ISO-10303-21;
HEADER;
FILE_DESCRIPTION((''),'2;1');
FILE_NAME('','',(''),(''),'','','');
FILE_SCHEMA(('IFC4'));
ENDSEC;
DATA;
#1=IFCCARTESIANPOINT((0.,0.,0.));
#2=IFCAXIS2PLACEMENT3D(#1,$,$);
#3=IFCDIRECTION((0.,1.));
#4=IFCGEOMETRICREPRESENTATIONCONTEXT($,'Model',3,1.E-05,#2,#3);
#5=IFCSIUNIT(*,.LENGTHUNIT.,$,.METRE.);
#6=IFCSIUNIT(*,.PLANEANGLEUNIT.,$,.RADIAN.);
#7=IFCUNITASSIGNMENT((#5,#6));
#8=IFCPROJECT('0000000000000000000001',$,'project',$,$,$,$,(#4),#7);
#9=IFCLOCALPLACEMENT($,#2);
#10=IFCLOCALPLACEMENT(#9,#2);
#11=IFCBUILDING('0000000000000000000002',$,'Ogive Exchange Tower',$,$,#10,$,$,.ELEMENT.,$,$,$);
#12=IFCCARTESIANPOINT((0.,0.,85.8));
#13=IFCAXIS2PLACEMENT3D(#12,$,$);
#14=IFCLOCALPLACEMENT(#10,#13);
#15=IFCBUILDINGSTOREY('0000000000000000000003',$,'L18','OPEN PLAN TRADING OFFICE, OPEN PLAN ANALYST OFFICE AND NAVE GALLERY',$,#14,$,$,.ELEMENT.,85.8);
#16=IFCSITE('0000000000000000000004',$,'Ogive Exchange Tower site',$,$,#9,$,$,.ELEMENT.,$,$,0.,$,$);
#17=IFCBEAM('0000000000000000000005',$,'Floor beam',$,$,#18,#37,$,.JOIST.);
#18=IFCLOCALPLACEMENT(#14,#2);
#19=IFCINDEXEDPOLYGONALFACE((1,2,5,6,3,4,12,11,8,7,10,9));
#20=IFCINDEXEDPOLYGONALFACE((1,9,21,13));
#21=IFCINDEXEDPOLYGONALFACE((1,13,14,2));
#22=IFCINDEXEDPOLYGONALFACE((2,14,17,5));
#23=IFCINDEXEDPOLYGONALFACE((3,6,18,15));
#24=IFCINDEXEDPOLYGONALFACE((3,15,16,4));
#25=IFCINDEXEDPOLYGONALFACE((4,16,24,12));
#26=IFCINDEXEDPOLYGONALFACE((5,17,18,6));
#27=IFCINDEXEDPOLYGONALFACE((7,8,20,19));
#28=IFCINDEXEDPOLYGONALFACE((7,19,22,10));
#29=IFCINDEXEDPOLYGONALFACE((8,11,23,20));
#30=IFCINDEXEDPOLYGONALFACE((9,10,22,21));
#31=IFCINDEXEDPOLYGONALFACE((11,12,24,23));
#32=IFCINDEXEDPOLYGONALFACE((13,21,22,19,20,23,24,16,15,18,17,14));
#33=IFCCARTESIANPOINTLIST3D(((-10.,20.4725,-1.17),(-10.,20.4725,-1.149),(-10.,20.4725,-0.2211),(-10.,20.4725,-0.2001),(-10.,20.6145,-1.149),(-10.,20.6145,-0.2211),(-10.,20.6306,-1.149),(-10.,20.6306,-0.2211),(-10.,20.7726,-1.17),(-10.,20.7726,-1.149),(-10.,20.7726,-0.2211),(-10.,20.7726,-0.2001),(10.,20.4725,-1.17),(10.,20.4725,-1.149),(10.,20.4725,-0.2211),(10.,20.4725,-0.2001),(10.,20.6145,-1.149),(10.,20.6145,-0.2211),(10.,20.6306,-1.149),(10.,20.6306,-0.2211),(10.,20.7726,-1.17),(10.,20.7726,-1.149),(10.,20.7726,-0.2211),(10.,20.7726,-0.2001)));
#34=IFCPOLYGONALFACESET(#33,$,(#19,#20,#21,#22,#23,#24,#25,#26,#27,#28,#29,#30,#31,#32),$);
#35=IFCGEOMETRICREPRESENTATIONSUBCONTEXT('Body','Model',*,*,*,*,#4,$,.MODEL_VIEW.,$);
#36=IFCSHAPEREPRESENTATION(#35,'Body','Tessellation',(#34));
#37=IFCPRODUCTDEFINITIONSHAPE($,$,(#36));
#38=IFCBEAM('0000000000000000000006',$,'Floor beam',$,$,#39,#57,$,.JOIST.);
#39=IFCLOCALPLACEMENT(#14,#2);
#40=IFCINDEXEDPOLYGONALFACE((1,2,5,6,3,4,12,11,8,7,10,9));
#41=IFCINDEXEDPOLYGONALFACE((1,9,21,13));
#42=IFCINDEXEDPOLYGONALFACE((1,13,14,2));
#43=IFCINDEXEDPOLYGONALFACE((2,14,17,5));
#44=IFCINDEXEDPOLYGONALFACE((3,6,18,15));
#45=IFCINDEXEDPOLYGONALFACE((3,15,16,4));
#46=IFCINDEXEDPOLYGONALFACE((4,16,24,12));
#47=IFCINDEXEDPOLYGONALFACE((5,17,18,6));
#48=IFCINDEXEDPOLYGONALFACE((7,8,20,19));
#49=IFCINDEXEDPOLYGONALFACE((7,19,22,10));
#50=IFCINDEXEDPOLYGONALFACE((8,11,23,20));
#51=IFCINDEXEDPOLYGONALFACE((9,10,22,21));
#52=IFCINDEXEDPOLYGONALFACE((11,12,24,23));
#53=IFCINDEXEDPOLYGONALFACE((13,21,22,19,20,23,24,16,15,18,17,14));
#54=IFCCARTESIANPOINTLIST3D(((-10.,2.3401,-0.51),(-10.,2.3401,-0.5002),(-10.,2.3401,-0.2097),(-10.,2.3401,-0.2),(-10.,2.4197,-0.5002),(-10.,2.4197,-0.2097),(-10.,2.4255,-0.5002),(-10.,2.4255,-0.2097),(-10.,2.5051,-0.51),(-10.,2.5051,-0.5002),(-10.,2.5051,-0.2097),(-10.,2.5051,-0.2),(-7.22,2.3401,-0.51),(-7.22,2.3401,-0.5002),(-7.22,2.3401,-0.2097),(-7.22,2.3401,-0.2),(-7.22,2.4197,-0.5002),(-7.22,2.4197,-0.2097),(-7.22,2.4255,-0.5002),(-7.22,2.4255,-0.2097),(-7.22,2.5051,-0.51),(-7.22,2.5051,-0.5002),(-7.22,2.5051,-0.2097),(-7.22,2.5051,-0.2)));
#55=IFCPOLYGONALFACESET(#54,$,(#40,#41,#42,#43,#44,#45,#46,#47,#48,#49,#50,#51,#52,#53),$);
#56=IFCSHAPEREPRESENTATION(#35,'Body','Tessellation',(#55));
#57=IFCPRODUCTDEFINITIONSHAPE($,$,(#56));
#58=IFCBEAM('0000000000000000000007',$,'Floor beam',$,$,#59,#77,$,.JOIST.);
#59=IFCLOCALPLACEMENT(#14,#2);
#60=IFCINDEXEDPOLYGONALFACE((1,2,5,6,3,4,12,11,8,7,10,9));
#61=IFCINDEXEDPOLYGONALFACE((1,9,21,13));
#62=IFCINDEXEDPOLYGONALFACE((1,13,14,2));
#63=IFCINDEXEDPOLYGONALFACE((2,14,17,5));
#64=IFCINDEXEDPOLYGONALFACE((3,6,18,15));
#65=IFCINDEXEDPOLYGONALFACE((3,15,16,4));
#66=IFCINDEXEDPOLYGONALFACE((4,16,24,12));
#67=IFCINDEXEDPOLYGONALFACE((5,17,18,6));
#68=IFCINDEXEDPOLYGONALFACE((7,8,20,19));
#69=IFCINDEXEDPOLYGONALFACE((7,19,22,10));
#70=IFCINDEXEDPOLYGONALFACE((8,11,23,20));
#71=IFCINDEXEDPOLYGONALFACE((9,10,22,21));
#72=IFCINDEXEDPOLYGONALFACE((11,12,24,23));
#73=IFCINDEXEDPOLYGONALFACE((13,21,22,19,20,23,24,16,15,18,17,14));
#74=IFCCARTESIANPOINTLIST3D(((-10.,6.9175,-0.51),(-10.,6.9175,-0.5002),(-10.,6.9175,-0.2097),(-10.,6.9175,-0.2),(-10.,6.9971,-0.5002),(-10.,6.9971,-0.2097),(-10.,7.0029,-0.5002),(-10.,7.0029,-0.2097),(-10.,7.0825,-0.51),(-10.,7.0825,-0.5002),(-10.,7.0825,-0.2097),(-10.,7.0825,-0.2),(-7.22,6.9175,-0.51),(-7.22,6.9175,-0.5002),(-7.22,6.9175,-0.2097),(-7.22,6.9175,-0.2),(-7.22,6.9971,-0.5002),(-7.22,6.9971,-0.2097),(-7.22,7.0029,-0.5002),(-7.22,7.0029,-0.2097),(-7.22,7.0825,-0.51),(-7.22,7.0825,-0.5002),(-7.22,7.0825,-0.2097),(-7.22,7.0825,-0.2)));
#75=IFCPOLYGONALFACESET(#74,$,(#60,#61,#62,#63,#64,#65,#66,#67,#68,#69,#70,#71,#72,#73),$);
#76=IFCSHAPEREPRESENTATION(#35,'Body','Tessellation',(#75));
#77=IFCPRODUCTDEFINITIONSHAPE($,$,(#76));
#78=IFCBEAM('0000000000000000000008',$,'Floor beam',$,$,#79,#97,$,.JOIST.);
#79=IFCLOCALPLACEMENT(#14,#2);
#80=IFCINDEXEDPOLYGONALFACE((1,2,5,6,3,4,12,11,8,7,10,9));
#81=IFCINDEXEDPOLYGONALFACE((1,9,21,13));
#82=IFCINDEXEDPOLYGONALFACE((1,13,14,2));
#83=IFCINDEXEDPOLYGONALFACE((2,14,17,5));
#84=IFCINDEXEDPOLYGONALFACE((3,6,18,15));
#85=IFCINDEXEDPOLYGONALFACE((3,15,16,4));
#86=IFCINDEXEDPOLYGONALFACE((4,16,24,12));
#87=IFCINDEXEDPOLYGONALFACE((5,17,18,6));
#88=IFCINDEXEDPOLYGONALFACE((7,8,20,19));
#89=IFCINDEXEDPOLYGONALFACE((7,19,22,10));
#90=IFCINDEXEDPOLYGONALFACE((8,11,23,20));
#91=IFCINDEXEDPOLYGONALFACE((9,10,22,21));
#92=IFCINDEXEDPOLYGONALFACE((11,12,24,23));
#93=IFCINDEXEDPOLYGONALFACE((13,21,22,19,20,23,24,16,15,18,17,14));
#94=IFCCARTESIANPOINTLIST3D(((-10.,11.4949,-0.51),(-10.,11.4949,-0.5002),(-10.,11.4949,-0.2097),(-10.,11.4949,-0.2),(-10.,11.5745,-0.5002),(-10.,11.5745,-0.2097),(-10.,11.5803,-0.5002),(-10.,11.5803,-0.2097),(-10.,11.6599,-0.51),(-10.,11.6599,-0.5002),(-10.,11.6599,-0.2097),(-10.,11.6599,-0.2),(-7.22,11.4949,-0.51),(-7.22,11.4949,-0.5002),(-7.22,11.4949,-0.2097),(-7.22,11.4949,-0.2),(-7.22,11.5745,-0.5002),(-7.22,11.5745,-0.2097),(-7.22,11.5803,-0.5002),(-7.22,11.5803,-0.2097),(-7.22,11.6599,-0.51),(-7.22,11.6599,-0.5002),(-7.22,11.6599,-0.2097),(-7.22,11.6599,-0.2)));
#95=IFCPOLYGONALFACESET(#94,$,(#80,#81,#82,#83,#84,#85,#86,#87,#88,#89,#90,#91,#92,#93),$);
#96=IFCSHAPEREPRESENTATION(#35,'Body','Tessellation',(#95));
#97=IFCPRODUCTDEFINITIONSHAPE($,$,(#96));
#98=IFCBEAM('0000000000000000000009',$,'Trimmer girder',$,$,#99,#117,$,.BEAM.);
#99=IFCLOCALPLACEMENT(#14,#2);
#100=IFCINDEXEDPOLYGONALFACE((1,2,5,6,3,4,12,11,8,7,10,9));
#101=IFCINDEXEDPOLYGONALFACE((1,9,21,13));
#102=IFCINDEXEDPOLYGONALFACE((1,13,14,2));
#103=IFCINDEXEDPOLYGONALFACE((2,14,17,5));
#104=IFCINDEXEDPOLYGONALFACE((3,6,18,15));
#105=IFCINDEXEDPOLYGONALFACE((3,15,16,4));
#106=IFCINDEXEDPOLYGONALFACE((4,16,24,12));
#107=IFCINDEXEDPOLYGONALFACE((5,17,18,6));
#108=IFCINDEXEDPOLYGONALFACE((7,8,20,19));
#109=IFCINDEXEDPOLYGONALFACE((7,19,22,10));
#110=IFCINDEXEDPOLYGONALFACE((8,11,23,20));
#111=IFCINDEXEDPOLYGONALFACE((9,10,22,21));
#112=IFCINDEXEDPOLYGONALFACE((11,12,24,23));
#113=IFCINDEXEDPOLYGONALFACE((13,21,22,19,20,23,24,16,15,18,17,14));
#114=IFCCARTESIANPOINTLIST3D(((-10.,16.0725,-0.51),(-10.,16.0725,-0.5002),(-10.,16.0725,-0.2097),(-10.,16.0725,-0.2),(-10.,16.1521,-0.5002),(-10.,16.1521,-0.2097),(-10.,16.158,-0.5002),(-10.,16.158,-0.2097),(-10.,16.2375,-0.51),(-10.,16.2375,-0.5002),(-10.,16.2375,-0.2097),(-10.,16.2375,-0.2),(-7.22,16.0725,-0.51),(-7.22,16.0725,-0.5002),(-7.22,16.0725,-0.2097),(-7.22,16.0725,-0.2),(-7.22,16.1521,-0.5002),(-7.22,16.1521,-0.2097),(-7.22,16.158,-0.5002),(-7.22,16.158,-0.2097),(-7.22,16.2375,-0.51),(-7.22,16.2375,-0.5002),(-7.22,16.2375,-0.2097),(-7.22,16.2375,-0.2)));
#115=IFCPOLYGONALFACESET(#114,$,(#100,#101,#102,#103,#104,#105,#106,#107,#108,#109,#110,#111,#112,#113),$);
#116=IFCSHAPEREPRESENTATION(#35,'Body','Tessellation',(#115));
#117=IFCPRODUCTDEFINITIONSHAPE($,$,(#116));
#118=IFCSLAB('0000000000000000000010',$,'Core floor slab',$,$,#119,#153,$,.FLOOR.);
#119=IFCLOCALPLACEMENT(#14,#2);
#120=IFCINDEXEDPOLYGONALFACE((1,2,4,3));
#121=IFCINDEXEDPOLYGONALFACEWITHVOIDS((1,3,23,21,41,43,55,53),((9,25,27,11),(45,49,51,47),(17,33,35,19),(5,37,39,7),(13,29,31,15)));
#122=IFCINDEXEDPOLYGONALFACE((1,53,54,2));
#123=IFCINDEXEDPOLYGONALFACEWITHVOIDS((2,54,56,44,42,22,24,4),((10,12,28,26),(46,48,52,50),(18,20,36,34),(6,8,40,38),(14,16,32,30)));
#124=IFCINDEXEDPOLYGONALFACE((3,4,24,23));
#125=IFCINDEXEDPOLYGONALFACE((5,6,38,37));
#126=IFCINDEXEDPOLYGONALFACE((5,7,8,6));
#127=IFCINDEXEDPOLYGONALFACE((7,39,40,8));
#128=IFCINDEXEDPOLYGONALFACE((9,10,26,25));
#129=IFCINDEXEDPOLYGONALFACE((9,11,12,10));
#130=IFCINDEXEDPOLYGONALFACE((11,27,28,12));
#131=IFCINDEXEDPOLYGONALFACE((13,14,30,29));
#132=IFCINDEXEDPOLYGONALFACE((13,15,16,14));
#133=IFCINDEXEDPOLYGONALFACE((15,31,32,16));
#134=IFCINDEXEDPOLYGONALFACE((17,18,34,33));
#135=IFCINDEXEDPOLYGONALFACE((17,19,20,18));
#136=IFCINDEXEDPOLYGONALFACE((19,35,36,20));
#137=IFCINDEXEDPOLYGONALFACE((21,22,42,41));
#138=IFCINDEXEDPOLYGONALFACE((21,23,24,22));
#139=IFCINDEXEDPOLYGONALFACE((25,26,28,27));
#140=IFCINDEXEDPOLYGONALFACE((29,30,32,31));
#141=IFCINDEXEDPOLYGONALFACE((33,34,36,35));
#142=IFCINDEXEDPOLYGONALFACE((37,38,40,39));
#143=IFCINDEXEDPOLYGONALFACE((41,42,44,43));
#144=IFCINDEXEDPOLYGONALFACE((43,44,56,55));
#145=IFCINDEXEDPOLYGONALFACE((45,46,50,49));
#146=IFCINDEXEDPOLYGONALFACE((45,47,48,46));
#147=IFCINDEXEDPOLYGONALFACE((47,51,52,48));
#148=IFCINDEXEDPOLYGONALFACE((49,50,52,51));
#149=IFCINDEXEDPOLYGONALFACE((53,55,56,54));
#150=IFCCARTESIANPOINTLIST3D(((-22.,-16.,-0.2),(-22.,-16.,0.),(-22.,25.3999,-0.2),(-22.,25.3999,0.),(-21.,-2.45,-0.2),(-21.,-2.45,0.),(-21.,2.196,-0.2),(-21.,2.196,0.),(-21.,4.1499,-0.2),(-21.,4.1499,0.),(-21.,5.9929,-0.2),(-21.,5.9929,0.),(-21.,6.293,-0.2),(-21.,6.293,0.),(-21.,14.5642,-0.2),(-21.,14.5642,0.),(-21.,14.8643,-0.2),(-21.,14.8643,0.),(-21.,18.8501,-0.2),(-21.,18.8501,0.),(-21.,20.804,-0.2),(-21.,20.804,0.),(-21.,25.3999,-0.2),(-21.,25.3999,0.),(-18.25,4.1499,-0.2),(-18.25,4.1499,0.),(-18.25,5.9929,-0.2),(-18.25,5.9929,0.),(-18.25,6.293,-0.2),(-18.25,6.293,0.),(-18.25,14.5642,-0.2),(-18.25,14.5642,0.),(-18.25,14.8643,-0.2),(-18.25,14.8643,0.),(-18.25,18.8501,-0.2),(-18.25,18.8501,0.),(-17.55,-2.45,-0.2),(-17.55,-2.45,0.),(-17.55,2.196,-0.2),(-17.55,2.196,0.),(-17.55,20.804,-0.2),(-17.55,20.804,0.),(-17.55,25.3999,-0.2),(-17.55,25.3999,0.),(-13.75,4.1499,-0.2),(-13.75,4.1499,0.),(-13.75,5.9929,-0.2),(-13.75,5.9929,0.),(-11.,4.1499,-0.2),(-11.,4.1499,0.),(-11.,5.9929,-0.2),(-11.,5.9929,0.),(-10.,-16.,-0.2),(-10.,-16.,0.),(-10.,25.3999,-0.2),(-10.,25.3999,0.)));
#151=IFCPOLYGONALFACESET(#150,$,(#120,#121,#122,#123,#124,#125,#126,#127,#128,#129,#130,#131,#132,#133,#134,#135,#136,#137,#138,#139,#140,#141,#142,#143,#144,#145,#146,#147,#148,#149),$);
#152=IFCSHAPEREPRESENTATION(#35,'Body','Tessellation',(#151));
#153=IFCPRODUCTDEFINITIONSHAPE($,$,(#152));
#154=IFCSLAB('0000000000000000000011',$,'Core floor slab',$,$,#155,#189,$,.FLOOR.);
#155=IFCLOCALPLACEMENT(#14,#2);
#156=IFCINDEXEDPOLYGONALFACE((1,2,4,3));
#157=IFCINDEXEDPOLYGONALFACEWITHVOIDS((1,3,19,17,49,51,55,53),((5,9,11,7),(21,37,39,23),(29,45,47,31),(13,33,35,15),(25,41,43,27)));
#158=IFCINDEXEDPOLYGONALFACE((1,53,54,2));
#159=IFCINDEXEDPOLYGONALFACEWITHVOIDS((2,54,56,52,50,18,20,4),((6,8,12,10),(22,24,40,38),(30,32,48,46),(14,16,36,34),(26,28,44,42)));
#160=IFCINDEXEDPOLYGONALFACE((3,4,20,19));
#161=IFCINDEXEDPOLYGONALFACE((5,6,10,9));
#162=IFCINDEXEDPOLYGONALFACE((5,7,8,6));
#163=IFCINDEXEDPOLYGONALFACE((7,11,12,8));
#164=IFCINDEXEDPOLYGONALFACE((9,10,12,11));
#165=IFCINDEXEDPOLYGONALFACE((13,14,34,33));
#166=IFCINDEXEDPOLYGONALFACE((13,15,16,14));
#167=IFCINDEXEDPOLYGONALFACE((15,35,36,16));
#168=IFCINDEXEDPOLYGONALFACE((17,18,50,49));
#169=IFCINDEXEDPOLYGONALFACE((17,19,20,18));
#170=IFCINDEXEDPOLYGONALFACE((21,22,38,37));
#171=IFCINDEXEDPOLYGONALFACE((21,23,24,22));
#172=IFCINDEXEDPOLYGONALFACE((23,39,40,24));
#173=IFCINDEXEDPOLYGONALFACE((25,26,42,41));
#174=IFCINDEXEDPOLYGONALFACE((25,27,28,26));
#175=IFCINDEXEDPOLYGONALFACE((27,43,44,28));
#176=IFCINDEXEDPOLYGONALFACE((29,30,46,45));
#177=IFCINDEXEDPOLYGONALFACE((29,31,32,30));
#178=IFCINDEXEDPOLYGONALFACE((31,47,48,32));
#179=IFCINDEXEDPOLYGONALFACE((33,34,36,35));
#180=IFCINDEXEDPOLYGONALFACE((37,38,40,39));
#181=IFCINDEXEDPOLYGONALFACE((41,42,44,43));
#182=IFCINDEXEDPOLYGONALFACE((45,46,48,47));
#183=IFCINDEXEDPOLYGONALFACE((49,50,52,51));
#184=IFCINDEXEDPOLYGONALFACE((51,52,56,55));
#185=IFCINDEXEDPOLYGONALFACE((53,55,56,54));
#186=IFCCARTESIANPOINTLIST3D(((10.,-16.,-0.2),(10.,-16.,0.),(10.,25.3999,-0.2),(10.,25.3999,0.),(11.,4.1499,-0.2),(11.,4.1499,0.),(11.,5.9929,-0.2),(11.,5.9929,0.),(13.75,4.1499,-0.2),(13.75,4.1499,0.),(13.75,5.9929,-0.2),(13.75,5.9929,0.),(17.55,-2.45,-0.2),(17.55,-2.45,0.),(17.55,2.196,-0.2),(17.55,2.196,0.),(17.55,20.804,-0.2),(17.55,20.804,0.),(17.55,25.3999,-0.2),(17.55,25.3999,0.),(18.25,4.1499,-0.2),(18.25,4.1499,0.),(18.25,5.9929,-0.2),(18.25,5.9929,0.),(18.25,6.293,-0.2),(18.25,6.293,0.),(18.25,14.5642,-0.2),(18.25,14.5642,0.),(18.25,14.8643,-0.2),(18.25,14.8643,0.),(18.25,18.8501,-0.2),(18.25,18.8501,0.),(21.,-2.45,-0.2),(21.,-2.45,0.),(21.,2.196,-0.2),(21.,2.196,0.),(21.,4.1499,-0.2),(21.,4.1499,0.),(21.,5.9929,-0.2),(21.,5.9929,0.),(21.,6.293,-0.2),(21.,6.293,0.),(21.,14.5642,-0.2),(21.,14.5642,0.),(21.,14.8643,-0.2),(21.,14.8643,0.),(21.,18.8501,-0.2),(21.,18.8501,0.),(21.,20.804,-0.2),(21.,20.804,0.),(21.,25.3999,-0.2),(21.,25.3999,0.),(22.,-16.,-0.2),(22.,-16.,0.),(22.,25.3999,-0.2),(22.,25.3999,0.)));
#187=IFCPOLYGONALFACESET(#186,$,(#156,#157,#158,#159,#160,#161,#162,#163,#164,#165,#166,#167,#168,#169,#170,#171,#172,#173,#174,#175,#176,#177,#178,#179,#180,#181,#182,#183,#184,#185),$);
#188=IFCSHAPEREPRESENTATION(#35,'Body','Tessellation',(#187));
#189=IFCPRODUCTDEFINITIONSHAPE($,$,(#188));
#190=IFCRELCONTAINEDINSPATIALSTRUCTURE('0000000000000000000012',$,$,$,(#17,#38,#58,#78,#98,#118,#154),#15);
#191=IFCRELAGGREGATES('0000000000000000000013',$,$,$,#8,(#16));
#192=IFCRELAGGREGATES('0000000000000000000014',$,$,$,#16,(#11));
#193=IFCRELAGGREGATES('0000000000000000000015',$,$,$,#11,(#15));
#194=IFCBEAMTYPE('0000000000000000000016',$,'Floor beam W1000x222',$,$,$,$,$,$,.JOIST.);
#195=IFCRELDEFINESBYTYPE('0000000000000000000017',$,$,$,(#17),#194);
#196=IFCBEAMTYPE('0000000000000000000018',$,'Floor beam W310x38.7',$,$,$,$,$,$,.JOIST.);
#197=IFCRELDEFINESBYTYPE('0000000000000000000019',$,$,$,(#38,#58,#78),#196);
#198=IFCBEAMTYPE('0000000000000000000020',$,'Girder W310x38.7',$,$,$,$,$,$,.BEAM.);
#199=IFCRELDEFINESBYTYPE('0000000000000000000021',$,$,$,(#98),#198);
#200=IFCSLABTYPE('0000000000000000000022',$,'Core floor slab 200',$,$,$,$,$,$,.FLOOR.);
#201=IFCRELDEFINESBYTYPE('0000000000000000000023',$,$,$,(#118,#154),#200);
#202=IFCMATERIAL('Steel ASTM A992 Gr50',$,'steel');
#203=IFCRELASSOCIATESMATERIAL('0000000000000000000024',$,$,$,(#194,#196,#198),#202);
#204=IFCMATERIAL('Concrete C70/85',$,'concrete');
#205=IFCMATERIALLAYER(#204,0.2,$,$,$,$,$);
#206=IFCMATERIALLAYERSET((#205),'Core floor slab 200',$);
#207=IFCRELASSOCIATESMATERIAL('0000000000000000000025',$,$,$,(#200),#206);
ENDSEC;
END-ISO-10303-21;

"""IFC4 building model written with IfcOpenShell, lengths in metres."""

from ifc_helpers import new_model, si_unit, direction, frame, origin, origin_2d, place, context, subcontext, project, spatial, polyline, i_section, outline, extrude, material, layer, layer_set, material_profile, profile_set, type_object, element, save


model = new_model("IFC4")

# Units and contexts
model_context = context("Model", 3, precision=1e-05, world=origin(), true_north=direction((0.0, 1.0)))
body_context = subcontext(model_context, "Body", "Model", "MODEL_VIEW")
ifc_project = project(units=[si_unit("LENGTHUNIT", "METRE"), si_unit("PLANEANGLEUNIT", "RADIAN")], contexts=[model_context])

# Site, building, storey
site_placement = place(None, origin())
site = spatial("IfcSite", under=ifc_project, at=site_placement, Name="Ogive Exchange Tower site", CompositionType="ELEMENT", RefElevation=0.0)
building_placement = place(site_placement, origin())
building = spatial("IfcBuilding", under=site, at=building_placement, Name="Ogive Exchange Tower", CompositionType="ELEMENT")
storey_placement = place(building_placement, frame((0.0, 0.0, 85.8)))
storey = spatial("IfcBuildingStorey", under=building, at=storey_placement, Name="L18", Description="OPEN PLAN TRADING OFFICE, OPEN PLAN ANALYST OFFICE AND NAVE GALLERY", CompositionType="ELEMENT", Elevation=85.8)

# Beams
ifc_material_1 = material(Name="Steel ASTM A992 Gr50", Category="steel")
ifc_material_profile_1 = material_profile(ifc_material_1, i_section(OverallWidth=0.3, OverallDepth=0.97, WebThickness=0.0161, FlangeThickness=0.021, at=origin_2d()), Name="W1000x222")
ifc_profile_set_1 = profile_set([ifc_material_profile_1], Name="Steel ASTM A992 Gr50")
beam_type_1 = type_object("IfcBeamType", Name="Floor beam W1000x222", PredefinedType="JOIST", material=ifc_profile_set_1)
beam_1_placement = place(storey_placement, frame((-10.0, 20.6226, -0.6851), z_axis=(1.0, 0.0, 0.0), x_axis=(0.0, 1.0, 0.0)))
element("IfcBeam", 1, at=beam_1_placement, inside=storey, type_object=beam_type_1, Name="Floor beam", PredefinedType="JOIST", context=body_context, shape_type="SweptSolid", body=[
    extrude(i_section(OverallWidth=0.3, OverallDepth=0.97, WebThickness=0.0161, FlangeThickness=0.021, at=origin_2d()), origin(), (0.0, 0.0, 1.0), 20.0),
])
ifc_material_profile_2 = material_profile(ifc_material_1, i_section(OverallWidth=0.165, OverallDepth=0.3101, WebThickness=0.0059, FlangeThickness=0.0098, at=origin_2d()), Name="W310x38.7")
ifc_profile_set_2 = profile_set([ifc_material_profile_2], Name="Steel ASTM A992 Gr50")
beam_type_2 = type_object("IfcBeamType", Name="Floor beam W310x38.7", PredefinedType="JOIST", material=ifc_profile_set_2)
for number, where, z_axis, x_axis, name in (
    (2, (-10.0, 2.4226, -0.355), (1.0, 0.0, 0.0), (0.0, 1.0, 0.0), "Floor beam"),
    (3, (-10.0, 7.0, -0.355), (1.0, 0.0, 0.0), (0.0, 1.0, 0.0), "Floor beam"),
    (4, (-10.0, 11.5774, -0.355), (1.0, 0.0, 0.0), (0.0, 1.0, 0.0), "Floor beam"),
):
    element("IfcBeam", number, at=place(storey_placement, frame(where, z_axis=z_axis, x_axis=x_axis)), inside=storey, type_object=beam_type_2, Name=name, PredefinedType="JOIST", context=body_context, shape_type="SweptSolid", body=[
        extrude(i_section(OverallWidth=0.165, OverallDepth=0.3101, WebThickness=0.0059, FlangeThickness=0.0098, at=origin_2d()), origin(), (0.0, 0.0, 1.0), 2.78),
    ])
ifc_material_profile_3 = material_profile(ifc_material_1, i_section(OverallWidth=0.165, OverallDepth=0.3101, WebThickness=0.0059, FlangeThickness=0.0098, at=origin_2d()), Name="W310x38.7")
ifc_profile_set_3 = profile_set([ifc_material_profile_3], Name="Steel ASTM A992 Gr50")
beam_type_3 = type_object("IfcBeamType", Name="Girder W310x38.7", PredefinedType="BEAM", material=ifc_profile_set_3)
beam_2_placement = place(storey_placement, frame((-10.0, 16.155, -0.355), z_axis=(1.0, 0.0, 0.0), x_axis=(0.0, 1.0, 0.0)))
element("IfcBeam", 5, at=beam_2_placement, inside=storey, type_object=beam_type_3, Name="Trimmer girder", PredefinedType="BEAM", context=body_context, shape_type="SweptSolid", body=[
    extrude(i_section(OverallWidth=0.165, OverallDepth=0.3101, WebThickness=0.0059, FlangeThickness=0.0098, at=origin_2d()), origin(), (0.0, 0.0, 1.0), 2.78),
])

# Slabs
ifc_material_2 = material(Name="Concrete C70/85", Category="concrete")
ifc_layer_1 = layer(ifc_material_2, 0.2)
ifc_layer_set_1 = layer_set([ifc_layer_1], Name="Core floor slab 200")
slab_type = type_object("IfcSlabType", Name="Core floor slab 200", PredefinedType="FLOOR", material=ifc_layer_set_1)
slab_1_placement = place(storey_placement, frame((0.0, 0.0, -0.2)))
element("IfcSlab", 6, at=slab_1_placement, inside=storey, type_object=slab_type, Name="Core floor slab", PredefinedType="FLOOR", context=body_context, shape_type="SweptSolid", body=[
    extrude(outline(polyline([(-10.0, 25.3999), (-10.0, -16.0), (-22.0, -16.0), (-22.0, 25.3999), (-21.0, 25.3999), (-21.0, 20.804), (-17.55, 20.804), (-17.55, 25.3999), (-10.0, 25.3999)]), holes=[polyline([(-17.55, 2.196), (-21.0, 2.196), (-21.0, -2.45), (-17.55, -2.45), (-17.55, 2.196)]), polyline([(-18.25, 5.9929), (-21.0, 5.9929), (-21.0, 4.1499), (-18.25, 4.1499), (-18.25, 5.9929)]), polyline([(-11.0, 5.9929), (-13.75, 5.9929), (-13.75, 4.1499), (-11.0, 4.1499), (-11.0, 5.9929)]), polyline([(-21.0, 14.5642), (-21.0, 6.293), (-18.25, 6.293), (-18.25, 14.5642), (-21.0, 14.5642)]), polyline([(-18.25, 18.8501), (-21.0, 18.8501), (-21.0, 14.8643), (-18.25, 14.8643), (-18.25, 18.8501)])]), origin(), (0.0, 0.0, 1.0), 0.2),
])
slab_2_placement = place(storey_placement, frame((0.0, 0.0, -0.2)))
element("IfcSlab", 7, at=slab_2_placement, inside=storey, type_object=slab_type, Name="Core floor slab", PredefinedType="FLOOR", context=body_context, shape_type="SweptSolid", body=[
    extrude(outline(polyline([(22.0, 25.3999), (22.0, -16.0), (10.0, -16.0), (10.0, 25.3999), (17.55, 25.3999), (17.55, 20.804), (21.0, 20.804), (21.0, 25.3999), (22.0, 25.3999)]), holes=[polyline([(21.0, 2.196), (17.55, 2.196), (17.55, -2.45), (21.0, -2.45), (21.0, 2.196)]), polyline([(13.75, 5.9929), (11.0, 5.9929), (11.0, 4.1499), (13.75, 4.1499), (13.75, 5.9929)]), polyline([(21.0, 5.9929), (18.25, 5.9929), (18.25, 4.1499), (21.0, 4.1499), (21.0, 5.9929)]), polyline([(18.25, 14.5642), (18.25, 6.293), (21.0, 6.293), (21.0, 14.5642), (18.25, 14.5642)]), polyline([(21.0, 18.8501), (18.25, 18.8501), (18.25, 14.8643), (21.0, 14.8643), (21.0, 18.8501)])]), origin(), (0.0, 0.0, 1.0), 0.2),
])

save(model, "model.ifc")
